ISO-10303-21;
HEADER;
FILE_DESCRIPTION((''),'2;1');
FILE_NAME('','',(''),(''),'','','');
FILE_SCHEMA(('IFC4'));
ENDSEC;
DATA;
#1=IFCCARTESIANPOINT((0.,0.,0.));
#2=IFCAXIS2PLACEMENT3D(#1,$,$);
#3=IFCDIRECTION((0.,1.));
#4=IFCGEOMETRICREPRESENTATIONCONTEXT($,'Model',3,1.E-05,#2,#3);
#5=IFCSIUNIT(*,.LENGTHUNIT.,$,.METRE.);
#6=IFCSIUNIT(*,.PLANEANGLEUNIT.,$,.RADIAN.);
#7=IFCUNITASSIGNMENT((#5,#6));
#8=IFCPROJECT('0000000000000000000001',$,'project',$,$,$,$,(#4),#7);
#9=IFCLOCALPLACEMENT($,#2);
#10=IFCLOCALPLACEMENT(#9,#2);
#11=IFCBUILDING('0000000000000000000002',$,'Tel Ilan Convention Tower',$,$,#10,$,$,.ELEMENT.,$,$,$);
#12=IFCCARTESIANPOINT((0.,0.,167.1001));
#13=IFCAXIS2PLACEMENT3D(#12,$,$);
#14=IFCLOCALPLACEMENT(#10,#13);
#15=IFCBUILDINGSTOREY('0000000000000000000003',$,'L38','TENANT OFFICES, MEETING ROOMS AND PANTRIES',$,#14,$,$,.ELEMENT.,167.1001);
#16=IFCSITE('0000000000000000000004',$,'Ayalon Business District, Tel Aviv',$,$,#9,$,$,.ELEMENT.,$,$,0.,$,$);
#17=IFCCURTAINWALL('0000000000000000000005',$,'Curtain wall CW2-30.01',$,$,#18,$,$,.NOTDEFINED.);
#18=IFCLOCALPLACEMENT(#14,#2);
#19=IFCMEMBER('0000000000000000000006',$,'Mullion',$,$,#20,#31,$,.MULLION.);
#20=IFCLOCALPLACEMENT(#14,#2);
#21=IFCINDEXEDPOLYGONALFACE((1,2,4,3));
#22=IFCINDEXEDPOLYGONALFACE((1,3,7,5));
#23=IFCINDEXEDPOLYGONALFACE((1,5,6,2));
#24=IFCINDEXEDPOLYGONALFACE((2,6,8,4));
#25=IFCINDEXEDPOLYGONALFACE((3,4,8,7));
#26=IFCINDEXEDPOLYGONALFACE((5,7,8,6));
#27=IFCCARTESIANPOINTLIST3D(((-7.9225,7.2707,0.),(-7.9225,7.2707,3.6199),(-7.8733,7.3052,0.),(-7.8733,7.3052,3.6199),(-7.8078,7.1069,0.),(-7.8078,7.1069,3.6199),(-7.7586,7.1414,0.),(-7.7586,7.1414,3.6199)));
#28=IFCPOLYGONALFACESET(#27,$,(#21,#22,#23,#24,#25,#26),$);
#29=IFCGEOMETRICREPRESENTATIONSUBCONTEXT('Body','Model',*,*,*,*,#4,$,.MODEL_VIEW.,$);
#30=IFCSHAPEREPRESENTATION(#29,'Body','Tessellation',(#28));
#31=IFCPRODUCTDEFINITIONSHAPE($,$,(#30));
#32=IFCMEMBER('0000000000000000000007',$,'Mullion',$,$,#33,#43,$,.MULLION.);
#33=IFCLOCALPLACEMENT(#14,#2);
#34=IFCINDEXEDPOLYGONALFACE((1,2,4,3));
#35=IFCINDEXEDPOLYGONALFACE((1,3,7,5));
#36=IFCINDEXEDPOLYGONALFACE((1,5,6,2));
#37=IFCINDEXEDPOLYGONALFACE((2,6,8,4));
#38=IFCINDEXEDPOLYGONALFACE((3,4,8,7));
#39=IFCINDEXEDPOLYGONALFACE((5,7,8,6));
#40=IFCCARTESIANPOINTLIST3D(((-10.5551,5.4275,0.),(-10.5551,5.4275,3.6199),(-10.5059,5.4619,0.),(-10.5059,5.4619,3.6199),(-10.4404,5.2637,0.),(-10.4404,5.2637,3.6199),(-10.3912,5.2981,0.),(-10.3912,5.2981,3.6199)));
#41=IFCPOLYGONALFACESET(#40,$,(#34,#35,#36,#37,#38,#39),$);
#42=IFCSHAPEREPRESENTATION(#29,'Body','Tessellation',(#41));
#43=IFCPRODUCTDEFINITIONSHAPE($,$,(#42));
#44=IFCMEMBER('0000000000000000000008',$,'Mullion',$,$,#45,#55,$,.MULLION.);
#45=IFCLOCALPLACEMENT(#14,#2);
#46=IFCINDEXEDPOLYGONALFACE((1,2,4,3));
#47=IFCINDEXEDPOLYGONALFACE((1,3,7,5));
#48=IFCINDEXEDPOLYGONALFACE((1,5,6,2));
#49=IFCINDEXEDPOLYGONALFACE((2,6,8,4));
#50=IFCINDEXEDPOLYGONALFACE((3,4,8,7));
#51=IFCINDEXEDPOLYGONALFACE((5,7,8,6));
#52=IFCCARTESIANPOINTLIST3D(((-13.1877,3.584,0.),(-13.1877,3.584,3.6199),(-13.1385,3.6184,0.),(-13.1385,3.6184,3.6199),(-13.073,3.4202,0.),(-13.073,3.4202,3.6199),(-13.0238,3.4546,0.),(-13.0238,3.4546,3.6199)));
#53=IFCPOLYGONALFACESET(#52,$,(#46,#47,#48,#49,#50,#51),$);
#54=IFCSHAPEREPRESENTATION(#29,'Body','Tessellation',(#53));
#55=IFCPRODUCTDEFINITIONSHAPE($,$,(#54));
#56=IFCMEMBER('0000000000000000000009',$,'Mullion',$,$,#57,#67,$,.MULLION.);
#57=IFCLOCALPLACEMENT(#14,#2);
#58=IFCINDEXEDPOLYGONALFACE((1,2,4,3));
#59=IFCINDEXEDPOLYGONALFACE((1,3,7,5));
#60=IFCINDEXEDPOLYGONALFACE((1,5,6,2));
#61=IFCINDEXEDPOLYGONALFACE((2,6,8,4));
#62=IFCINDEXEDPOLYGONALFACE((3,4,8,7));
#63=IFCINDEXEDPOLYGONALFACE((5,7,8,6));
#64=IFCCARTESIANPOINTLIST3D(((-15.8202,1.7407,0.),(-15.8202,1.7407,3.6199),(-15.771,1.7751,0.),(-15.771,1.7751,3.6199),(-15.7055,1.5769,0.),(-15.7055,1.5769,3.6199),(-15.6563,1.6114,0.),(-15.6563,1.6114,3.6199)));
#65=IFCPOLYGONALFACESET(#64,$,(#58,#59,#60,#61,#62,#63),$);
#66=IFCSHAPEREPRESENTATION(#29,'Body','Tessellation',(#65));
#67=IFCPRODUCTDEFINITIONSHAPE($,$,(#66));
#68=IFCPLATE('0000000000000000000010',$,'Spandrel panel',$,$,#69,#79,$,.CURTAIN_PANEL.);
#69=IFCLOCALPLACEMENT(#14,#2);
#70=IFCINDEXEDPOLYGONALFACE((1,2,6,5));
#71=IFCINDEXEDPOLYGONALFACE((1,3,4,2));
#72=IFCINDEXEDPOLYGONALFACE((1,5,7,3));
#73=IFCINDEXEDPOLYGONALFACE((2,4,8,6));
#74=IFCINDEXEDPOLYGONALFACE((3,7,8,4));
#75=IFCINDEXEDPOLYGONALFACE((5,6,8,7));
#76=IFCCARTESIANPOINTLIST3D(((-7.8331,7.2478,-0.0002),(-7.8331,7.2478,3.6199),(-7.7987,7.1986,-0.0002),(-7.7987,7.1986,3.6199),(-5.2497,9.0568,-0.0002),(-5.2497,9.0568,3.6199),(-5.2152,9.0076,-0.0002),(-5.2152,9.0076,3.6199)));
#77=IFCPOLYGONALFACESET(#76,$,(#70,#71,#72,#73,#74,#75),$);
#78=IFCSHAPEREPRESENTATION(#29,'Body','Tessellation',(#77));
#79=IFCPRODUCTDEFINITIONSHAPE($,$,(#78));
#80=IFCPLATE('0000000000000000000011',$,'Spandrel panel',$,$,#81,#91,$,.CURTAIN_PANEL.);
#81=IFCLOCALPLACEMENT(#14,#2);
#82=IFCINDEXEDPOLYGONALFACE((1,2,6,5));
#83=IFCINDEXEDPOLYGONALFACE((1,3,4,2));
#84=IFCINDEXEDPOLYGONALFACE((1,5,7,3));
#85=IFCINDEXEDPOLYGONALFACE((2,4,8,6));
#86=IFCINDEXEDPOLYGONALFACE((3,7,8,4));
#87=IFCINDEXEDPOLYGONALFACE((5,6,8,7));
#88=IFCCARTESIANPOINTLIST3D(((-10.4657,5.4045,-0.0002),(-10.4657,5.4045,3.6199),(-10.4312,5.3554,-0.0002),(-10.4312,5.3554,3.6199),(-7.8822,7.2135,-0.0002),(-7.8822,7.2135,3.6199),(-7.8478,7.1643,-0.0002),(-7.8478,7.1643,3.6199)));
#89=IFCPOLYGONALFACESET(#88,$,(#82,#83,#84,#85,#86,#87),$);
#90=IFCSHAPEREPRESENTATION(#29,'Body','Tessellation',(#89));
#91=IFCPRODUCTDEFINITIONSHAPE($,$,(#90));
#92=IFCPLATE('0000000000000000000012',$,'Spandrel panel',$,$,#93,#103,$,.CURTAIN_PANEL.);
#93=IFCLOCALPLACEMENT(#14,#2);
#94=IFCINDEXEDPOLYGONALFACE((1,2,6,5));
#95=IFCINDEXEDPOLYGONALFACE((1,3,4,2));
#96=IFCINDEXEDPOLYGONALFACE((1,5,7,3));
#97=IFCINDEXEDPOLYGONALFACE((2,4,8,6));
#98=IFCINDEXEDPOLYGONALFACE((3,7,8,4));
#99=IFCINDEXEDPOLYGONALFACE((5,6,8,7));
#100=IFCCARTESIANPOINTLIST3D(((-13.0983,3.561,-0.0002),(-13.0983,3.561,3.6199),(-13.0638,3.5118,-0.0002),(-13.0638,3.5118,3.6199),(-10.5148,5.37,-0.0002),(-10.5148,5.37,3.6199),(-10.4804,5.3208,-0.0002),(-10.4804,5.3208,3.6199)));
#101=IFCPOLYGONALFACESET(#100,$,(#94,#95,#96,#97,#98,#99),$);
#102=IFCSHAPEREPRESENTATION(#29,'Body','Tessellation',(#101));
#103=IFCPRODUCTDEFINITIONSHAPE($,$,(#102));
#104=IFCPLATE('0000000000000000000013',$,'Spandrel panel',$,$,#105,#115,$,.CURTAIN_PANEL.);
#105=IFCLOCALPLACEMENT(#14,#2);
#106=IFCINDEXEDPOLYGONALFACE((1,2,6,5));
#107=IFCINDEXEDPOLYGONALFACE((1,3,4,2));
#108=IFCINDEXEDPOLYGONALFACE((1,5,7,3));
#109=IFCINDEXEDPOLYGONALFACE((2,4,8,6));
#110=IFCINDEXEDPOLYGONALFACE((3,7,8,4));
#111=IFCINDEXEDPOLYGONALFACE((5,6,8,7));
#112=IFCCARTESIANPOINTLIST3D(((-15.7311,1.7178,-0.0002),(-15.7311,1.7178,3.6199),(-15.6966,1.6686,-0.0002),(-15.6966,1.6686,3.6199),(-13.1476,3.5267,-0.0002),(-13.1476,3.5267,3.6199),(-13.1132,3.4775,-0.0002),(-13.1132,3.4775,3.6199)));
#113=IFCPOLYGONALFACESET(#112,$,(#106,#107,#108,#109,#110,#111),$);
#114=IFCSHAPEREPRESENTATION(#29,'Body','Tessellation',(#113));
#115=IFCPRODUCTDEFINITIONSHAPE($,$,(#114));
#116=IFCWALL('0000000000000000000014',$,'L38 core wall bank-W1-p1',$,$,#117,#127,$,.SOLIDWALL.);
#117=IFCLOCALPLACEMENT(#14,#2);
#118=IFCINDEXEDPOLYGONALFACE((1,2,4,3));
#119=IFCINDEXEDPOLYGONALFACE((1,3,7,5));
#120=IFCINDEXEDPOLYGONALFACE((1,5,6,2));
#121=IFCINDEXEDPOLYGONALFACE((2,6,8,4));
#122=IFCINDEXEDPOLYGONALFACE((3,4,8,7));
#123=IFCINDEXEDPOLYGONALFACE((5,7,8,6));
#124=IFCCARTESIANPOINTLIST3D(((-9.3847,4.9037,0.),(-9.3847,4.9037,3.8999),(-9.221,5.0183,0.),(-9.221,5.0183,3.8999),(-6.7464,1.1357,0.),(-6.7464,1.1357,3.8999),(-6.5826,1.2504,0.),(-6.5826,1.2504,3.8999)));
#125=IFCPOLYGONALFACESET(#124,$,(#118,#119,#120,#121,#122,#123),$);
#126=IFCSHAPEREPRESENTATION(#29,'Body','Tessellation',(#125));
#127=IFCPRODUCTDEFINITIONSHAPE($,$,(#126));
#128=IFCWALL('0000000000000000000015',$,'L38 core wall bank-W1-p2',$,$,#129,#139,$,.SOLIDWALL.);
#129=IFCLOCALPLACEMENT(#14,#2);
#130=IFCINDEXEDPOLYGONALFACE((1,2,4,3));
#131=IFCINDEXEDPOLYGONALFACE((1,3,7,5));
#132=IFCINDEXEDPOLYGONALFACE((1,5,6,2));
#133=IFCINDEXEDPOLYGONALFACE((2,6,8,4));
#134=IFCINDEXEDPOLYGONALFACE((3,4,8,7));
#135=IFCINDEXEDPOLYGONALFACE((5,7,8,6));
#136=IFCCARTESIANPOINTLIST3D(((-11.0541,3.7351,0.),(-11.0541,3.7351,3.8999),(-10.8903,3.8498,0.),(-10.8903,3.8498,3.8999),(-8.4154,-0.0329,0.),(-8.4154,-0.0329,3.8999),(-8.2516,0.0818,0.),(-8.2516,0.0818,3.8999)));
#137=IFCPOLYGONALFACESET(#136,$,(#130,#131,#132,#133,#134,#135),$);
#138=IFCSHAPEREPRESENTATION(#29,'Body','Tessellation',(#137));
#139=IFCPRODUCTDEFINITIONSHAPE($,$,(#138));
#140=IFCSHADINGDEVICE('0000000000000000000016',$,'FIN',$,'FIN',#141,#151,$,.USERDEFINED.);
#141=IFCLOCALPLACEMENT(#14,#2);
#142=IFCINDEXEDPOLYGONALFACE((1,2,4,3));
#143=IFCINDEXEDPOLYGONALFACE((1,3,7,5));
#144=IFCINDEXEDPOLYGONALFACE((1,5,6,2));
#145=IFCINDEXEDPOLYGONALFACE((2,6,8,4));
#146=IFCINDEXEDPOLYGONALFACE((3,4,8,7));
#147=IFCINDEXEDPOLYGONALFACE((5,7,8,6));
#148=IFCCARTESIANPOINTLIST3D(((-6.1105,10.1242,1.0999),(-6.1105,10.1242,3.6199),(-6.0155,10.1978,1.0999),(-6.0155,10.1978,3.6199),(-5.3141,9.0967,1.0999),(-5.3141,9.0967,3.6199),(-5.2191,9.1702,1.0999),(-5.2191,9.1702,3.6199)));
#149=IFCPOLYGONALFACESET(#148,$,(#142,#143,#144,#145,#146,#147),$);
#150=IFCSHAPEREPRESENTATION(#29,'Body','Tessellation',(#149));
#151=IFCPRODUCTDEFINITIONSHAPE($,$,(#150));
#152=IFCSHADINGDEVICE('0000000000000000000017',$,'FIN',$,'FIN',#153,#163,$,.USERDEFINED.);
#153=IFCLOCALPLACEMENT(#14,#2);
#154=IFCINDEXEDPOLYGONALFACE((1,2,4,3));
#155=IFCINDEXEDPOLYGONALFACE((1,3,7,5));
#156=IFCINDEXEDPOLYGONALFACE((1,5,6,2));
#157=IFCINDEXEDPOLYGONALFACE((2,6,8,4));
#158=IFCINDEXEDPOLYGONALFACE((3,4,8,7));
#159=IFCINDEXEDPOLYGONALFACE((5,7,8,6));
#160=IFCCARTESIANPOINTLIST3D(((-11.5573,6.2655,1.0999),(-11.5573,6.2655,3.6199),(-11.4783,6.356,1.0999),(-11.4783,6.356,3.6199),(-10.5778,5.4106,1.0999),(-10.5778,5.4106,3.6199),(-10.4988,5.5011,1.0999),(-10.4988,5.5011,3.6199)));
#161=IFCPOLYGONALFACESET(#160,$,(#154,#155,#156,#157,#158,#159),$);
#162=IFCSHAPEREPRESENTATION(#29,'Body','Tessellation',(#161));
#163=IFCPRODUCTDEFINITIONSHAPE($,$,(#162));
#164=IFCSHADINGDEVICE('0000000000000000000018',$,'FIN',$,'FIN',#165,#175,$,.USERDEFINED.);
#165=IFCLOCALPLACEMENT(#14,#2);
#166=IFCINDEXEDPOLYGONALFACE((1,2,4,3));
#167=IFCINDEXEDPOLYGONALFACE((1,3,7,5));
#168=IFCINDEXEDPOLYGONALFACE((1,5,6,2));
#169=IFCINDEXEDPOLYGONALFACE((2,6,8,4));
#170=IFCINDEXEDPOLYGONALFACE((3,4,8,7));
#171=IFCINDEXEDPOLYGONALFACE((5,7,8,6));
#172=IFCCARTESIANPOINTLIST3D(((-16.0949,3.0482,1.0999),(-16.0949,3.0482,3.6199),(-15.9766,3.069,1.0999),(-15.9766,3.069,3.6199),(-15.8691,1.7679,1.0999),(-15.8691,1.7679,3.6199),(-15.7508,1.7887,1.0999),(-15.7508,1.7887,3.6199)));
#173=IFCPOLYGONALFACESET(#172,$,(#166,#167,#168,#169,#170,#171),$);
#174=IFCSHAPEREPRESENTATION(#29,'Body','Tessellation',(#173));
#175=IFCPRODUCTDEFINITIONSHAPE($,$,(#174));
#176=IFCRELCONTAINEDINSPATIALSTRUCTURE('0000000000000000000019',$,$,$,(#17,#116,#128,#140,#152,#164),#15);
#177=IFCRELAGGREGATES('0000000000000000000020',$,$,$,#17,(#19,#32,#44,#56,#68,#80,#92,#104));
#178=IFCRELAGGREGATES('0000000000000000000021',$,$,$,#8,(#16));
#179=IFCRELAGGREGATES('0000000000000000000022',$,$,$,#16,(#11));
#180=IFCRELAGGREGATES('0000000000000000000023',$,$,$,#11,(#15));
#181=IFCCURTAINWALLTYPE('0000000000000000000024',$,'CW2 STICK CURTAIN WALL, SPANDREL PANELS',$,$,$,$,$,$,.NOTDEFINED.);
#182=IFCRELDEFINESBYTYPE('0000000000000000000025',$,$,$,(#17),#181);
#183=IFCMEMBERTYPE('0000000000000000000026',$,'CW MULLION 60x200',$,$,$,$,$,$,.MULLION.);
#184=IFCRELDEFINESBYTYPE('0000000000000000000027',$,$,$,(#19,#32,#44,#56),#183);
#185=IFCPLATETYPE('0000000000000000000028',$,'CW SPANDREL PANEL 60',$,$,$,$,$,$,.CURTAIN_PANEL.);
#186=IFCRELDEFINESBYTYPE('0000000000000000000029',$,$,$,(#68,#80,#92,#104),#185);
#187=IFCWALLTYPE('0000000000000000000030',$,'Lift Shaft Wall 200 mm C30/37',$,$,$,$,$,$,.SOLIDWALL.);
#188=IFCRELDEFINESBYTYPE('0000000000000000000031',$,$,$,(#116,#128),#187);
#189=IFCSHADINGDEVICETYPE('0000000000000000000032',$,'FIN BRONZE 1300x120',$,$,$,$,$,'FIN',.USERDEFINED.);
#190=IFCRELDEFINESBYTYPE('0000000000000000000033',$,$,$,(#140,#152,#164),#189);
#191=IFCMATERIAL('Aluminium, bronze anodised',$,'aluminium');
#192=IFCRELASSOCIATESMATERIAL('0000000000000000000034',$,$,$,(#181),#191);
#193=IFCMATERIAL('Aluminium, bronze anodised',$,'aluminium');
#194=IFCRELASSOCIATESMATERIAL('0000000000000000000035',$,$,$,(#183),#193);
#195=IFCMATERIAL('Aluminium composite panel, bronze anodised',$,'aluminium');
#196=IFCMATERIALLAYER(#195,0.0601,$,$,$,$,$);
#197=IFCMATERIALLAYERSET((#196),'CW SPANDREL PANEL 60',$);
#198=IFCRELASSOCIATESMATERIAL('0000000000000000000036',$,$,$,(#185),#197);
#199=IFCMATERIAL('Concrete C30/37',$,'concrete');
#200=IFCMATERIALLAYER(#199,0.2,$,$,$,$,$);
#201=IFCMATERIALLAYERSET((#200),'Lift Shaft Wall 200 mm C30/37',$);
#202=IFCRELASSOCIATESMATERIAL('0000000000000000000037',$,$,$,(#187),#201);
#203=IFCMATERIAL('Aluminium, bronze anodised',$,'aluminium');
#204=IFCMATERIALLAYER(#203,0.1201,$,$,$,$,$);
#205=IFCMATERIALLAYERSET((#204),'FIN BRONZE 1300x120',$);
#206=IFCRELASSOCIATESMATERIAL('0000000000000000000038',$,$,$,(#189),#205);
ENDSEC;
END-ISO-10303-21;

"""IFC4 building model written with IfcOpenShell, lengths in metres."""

from ifc_helpers import new_model, si_unit, direction, frame, frame_2d, origin, origin_2d, place, context, subcontext, project, spatial, rectangle, extrude, material, layer, layer_set, material_profile, profile_set, type_object, element, aggregate, save


model = new_model("IFC4")

# Units and contexts
model_context = context("Model", 3, precision=1e-05, world=origin(), true_north=direction((0.0, 1.0)))
body_context = subcontext(model_context, "Body", "Model", "MODEL_VIEW")
ifc_project = project(units=[si_unit("LENGTHUNIT", "METRE"), si_unit("PLANEANGLEUNIT", "RADIAN")], contexts=[model_context])

# Site, building, storey
site_placement = place(None, origin())
site = spatial("IfcSite", under=ifc_project, at=site_placement, Name="Ayalon Business District, Tel Aviv", CompositionType="ELEMENT", RefElevation=0.0)
building_placement = place(site_placement, origin())
building = spatial("IfcBuilding", under=site, at=building_placement, Name="Tel Ilan Convention Tower", CompositionType="ELEMENT")
storey_placement = place(building_placement, frame((0.0, 0.0, 167.1001)))
storey = spatial("IfcBuildingStorey", under=building, at=storey_placement, Name="L38", Description="TENANT OFFICES, MEETING ROOMS AND PANTRIES", CompositionType="ELEMENT", Elevation=167.1001)

# Curtain wall, members, plates
ifc_material_1 = material(Name="Aluminium, bronze anodised", Category="aluminium")
curtain_wall_type = type_object("IfcCurtainWallType", Name="CW2 STICK CURTAIN WALL, SPANDREL PANELS", PredefinedType="NOTDEFINED", material=ifc_material_1)
curtain_wall_placement = place(storey_placement, origin())
curtain_wall = element("IfcCurtainWall", 1, at=curtain_wall_placement, inside=storey, type_object=curtain_wall_type, Name="Curtain wall CW2-30.01", PredefinedType="NOTDEFINED")
ifc_material_2 = material(Name="Aluminium, bronze anodised", Category="aluminium")
ifc_material_profile = material_profile(ifc_material_2, rectangle(XDim=0.0601, YDim=0.2, at=origin_2d()), Name="CW MULLION 60x200")
ifc_profile_set = profile_set([ifc_material_profile], Name="Aluminium, bronze anodised")
member_type = type_object("IfcMemberType", Name="CW MULLION 60x200", PredefinedType="MULLION", material=ifc_profile_set)
member_1_placement = place(storey_placement, frame((-7.8406, 7.2061, 0.0), z_axis=(0.0, 0.0, 1.0), x_axis=(-0.819152, -0.573576, 0.0)))
member_1 = element("IfcMember", 2, at=member_1_placement, type_object=member_type, Name="Mullion", PredefinedType="MULLION", context=body_context, shape_type="SweptSolid", body=[
    extrude(rectangle(XDim=0.0601, YDim=0.2, at=origin_2d()), origin(), (0.0, 0.0, 1.0), 3.6199),
])
member_2_placement = place(storey_placement, frame((-10.4731, 5.3628, 0.0), z_axis=(0.0, 0.0, 1.0), x_axis=(-0.819152, -0.573576, 0.0)))
member_2 = element("IfcMember", 3, at=member_2_placement, type_object=member_type, Name="Mullion", PredefinedType="MULLION", context=body_context, shape_type="SweptSolid", body=[
    extrude(rectangle(XDim=0.0601, YDim=0.2, at=origin_2d()), origin(), (0.0, 0.0, 1.0), 3.6199),
])
member_3_placement = place(storey_placement, frame((-13.1057, 3.5193, 0.0), z_axis=(0.0, 0.0, 1.0), x_axis=(-0.819152, -0.573576, 0.0)))
member_3 = element("IfcMember", 4, at=member_3_placement, type_object=member_type, Name="Mullion", PredefinedType="MULLION", context=body_context, shape_type="SweptSolid", body=[
    extrude(rectangle(XDim=0.0601, YDim=0.2, at=origin_2d()), origin(), (0.0, 0.0, 1.0), 3.6199),
])
member_4_placement = place(storey_placement, frame((-15.7383, 1.676, 0.0), z_axis=(0.0, 0.0, 1.0), x_axis=(-0.819152, -0.573576, 0.0)))
member_4 = element("IfcMember", 5, at=member_4_placement, type_object=member_type, Name="Mullion", PredefinedType="MULLION", context=body_context, shape_type="SweptSolid", body=[
    extrude(rectangle(XDim=0.0601, YDim=0.2, at=origin_2d()), origin(), (0.0, 0.0, 1.0), 3.6199),
])
ifc_material_3 = material(Name="Aluminium composite panel, bronze anodised", Category="aluminium")
ifc_layer_1 = layer(ifc_material_3, 0.0601)
ifc_layer_set_1 = layer_set([ifc_layer_1], Name="CW SPANDREL PANEL 60")
plate_type = type_object("IfcPlateType", Name="CW SPANDREL PANEL 60", PredefinedType="CURTAIN_PANEL", material=ifc_layer_set_1)
plate_1_placement = place(storey_placement, frame((-6.5242, 8.1277, -0.0002), z_axis=(0.0, 0.0, 1.0), x_axis=(-0.819152, -0.573576, 0.0)))
plate_1 = element("IfcPlate", 6, at=plate_1_placement, type_object=plate_type, Name="Spandrel panel", PredefinedType="CURTAIN_PANEL", context=body_context, shape_type="SweptSolid", body=[
    extrude(rectangle(XDim=3.1538, YDim=0.0601, at=origin_2d()), origin(), (0.0, 0.0, 1.0), 3.6201),
])
plate_2_placement = place(storey_placement, frame((-9.1567, 6.2844, -0.0002), z_axis=(0.0, 0.0, 1.0), x_axis=(-0.819152, -0.573576, 0.0)))
plate_2 = element("IfcPlate", 7, at=plate_2_placement, type_object=plate_type, Name="Spandrel panel", PredefinedType="CURTAIN_PANEL", context=body_context, shape_type="SweptSolid", body=[
    extrude(rectangle(XDim=3.1538, YDim=0.0601, at=origin_2d()), origin(), (0.0, 0.0, 1.0), 3.6201),
])
plate_3_placement = place(storey_placement, frame((-11.7893, 4.4409, -0.0002), z_axis=(0.0, 0.0, 1.0), x_axis=(-0.819152, -0.573576, 0.0)))
plate_3 = element("IfcPlate", 8, at=plate_3_placement, type_object=plate_type, Name="Spandrel panel", PredefinedType="CURTAIN_PANEL", context=body_context, shape_type="SweptSolid", body=[
    extrude(rectangle(XDim=3.1538, YDim=0.0601, at=origin_2d()), origin(), (0.0, 0.0, 1.0), 3.6201),
])
plate_4_placement = place(storey_placement, frame((-14.4221, 2.5977, -0.0002), z_axis=(0.0, 0.0, 1.0), x_axis=(-0.819152, -0.573576, 0.0)))
plate_4 = element("IfcPlate", 9, at=plate_4_placement, type_object=plate_type, Name="Spandrel panel", PredefinedType="CURTAIN_PANEL", context=body_context, shape_type="SweptSolid", body=[
    extrude(rectangle(XDim=3.1538, YDim=0.0601, at=origin_2d()), origin(), (0.0, 0.0, 1.0), 3.6201),
])
aggregate(curtain_wall, [member_1, member_2, member_3, member_4, plate_1, plate_2, plate_3, plate_4])

# Walls
ifc_material_4 = material(Name="Concrete C30/37", Category="concrete")
ifc_layer_2 = layer(ifc_material_4, 0.2)
ifc_layer_set_2 = layer_set([ifc_layer_2], Name="Lift Shaft Wall 200 mm C30/37")
wall_type = type_object("IfcWallType", Name="Lift Shaft Wall 200 mm C30/37", PredefinedType="SOLIDWALL", material=ifc_layer_set_2)
wall_1_placement = place(storey_placement, frame((-6.6646, 1.1931, 0.0), z_axis=(0.0, 0.0, 1.0), x_axis=(-0.573576, 0.819152, 0.0)))
element("IfcWall", 10, at=wall_1_placement, inside=storey, type_object=wall_type, Name="L38 core wall bank-W1-p1", PredefinedType="SOLIDWALL", context=body_context, shape_type="SweptSolid", body=[
    extrude(rectangle(XDim=4.5999, YDim=0.2, at=frame_2d((2.2998, 0.0))), origin(), (0.0, 0.0, 1.0), 3.8999),
])
wall_2_placement = place(storey_placement, frame((-8.3335, 0.0244, 0.0), z_axis=(0.0, 0.0, 1.0), x_axis=(-0.573612, 0.819127, 0.0)))
element("IfcWall", 11, at=wall_2_placement, inside=storey, type_object=wall_type, Name="L38 core wall bank-W1-p2", PredefinedType="SOLIDWALL", context=body_context, shape_type="SweptSolid", body=[
    extrude(rectangle(XDim=4.6001, YDim=0.2, at=frame_2d((2.3, 0.0))), origin(), (0.0, 0.0, 1.0), 3.8999),
])

# Shading devices
ifc_material_5 = material(Name="Aluminium, bronze anodised", Category="aluminium")
ifc_layer_3 = layer(ifc_material_5, 0.1201)
ifc_layer_set_3 = layer_set([ifc_layer_3], Name="FIN BRONZE 1300x120")
shading_device_type = type_object("IfcShadingDeviceType", Name="FIN BRONZE 1300x120", ElementType="FIN", PredefinedType="USERDEFINED", material=ifc_layer_set_3)
for number, where, z_axis, x_axis, name in (
    (12, (-5.6648, 9.6472, 1.0999), (0.0, 0.0, 1.0), (-0.612601, 0.790393, 0.0), "FIN"),
    (13, (-11.0281, 5.8833, 1.0999), (0.0, 0.0, 1.0), (-0.753436, 0.657521, 0.0), "FIN"),
    (14, (-15.9229, 2.4185, 1.0999), (0.0, 0.0, 1.0), (-0.173648, 0.984808, 0.0), "FIN"),
):
    element("IfcShadingDevice", number, at=place(storey_placement, frame(where, z_axis=z_axis, x_axis=x_axis)), inside=storey, type_object=shading_device_type, Name=name, ObjectType="FIN", PredefinedType="USERDEFINED", context=body_context, shape_type="SweptSolid", body=[
        extrude(rectangle(XDim=1.3, YDim=0.1201, at=origin_2d()), origin(), (0.0, 0.0, 1.0), 2.52),
    ])

save(model, "model.ifc")
